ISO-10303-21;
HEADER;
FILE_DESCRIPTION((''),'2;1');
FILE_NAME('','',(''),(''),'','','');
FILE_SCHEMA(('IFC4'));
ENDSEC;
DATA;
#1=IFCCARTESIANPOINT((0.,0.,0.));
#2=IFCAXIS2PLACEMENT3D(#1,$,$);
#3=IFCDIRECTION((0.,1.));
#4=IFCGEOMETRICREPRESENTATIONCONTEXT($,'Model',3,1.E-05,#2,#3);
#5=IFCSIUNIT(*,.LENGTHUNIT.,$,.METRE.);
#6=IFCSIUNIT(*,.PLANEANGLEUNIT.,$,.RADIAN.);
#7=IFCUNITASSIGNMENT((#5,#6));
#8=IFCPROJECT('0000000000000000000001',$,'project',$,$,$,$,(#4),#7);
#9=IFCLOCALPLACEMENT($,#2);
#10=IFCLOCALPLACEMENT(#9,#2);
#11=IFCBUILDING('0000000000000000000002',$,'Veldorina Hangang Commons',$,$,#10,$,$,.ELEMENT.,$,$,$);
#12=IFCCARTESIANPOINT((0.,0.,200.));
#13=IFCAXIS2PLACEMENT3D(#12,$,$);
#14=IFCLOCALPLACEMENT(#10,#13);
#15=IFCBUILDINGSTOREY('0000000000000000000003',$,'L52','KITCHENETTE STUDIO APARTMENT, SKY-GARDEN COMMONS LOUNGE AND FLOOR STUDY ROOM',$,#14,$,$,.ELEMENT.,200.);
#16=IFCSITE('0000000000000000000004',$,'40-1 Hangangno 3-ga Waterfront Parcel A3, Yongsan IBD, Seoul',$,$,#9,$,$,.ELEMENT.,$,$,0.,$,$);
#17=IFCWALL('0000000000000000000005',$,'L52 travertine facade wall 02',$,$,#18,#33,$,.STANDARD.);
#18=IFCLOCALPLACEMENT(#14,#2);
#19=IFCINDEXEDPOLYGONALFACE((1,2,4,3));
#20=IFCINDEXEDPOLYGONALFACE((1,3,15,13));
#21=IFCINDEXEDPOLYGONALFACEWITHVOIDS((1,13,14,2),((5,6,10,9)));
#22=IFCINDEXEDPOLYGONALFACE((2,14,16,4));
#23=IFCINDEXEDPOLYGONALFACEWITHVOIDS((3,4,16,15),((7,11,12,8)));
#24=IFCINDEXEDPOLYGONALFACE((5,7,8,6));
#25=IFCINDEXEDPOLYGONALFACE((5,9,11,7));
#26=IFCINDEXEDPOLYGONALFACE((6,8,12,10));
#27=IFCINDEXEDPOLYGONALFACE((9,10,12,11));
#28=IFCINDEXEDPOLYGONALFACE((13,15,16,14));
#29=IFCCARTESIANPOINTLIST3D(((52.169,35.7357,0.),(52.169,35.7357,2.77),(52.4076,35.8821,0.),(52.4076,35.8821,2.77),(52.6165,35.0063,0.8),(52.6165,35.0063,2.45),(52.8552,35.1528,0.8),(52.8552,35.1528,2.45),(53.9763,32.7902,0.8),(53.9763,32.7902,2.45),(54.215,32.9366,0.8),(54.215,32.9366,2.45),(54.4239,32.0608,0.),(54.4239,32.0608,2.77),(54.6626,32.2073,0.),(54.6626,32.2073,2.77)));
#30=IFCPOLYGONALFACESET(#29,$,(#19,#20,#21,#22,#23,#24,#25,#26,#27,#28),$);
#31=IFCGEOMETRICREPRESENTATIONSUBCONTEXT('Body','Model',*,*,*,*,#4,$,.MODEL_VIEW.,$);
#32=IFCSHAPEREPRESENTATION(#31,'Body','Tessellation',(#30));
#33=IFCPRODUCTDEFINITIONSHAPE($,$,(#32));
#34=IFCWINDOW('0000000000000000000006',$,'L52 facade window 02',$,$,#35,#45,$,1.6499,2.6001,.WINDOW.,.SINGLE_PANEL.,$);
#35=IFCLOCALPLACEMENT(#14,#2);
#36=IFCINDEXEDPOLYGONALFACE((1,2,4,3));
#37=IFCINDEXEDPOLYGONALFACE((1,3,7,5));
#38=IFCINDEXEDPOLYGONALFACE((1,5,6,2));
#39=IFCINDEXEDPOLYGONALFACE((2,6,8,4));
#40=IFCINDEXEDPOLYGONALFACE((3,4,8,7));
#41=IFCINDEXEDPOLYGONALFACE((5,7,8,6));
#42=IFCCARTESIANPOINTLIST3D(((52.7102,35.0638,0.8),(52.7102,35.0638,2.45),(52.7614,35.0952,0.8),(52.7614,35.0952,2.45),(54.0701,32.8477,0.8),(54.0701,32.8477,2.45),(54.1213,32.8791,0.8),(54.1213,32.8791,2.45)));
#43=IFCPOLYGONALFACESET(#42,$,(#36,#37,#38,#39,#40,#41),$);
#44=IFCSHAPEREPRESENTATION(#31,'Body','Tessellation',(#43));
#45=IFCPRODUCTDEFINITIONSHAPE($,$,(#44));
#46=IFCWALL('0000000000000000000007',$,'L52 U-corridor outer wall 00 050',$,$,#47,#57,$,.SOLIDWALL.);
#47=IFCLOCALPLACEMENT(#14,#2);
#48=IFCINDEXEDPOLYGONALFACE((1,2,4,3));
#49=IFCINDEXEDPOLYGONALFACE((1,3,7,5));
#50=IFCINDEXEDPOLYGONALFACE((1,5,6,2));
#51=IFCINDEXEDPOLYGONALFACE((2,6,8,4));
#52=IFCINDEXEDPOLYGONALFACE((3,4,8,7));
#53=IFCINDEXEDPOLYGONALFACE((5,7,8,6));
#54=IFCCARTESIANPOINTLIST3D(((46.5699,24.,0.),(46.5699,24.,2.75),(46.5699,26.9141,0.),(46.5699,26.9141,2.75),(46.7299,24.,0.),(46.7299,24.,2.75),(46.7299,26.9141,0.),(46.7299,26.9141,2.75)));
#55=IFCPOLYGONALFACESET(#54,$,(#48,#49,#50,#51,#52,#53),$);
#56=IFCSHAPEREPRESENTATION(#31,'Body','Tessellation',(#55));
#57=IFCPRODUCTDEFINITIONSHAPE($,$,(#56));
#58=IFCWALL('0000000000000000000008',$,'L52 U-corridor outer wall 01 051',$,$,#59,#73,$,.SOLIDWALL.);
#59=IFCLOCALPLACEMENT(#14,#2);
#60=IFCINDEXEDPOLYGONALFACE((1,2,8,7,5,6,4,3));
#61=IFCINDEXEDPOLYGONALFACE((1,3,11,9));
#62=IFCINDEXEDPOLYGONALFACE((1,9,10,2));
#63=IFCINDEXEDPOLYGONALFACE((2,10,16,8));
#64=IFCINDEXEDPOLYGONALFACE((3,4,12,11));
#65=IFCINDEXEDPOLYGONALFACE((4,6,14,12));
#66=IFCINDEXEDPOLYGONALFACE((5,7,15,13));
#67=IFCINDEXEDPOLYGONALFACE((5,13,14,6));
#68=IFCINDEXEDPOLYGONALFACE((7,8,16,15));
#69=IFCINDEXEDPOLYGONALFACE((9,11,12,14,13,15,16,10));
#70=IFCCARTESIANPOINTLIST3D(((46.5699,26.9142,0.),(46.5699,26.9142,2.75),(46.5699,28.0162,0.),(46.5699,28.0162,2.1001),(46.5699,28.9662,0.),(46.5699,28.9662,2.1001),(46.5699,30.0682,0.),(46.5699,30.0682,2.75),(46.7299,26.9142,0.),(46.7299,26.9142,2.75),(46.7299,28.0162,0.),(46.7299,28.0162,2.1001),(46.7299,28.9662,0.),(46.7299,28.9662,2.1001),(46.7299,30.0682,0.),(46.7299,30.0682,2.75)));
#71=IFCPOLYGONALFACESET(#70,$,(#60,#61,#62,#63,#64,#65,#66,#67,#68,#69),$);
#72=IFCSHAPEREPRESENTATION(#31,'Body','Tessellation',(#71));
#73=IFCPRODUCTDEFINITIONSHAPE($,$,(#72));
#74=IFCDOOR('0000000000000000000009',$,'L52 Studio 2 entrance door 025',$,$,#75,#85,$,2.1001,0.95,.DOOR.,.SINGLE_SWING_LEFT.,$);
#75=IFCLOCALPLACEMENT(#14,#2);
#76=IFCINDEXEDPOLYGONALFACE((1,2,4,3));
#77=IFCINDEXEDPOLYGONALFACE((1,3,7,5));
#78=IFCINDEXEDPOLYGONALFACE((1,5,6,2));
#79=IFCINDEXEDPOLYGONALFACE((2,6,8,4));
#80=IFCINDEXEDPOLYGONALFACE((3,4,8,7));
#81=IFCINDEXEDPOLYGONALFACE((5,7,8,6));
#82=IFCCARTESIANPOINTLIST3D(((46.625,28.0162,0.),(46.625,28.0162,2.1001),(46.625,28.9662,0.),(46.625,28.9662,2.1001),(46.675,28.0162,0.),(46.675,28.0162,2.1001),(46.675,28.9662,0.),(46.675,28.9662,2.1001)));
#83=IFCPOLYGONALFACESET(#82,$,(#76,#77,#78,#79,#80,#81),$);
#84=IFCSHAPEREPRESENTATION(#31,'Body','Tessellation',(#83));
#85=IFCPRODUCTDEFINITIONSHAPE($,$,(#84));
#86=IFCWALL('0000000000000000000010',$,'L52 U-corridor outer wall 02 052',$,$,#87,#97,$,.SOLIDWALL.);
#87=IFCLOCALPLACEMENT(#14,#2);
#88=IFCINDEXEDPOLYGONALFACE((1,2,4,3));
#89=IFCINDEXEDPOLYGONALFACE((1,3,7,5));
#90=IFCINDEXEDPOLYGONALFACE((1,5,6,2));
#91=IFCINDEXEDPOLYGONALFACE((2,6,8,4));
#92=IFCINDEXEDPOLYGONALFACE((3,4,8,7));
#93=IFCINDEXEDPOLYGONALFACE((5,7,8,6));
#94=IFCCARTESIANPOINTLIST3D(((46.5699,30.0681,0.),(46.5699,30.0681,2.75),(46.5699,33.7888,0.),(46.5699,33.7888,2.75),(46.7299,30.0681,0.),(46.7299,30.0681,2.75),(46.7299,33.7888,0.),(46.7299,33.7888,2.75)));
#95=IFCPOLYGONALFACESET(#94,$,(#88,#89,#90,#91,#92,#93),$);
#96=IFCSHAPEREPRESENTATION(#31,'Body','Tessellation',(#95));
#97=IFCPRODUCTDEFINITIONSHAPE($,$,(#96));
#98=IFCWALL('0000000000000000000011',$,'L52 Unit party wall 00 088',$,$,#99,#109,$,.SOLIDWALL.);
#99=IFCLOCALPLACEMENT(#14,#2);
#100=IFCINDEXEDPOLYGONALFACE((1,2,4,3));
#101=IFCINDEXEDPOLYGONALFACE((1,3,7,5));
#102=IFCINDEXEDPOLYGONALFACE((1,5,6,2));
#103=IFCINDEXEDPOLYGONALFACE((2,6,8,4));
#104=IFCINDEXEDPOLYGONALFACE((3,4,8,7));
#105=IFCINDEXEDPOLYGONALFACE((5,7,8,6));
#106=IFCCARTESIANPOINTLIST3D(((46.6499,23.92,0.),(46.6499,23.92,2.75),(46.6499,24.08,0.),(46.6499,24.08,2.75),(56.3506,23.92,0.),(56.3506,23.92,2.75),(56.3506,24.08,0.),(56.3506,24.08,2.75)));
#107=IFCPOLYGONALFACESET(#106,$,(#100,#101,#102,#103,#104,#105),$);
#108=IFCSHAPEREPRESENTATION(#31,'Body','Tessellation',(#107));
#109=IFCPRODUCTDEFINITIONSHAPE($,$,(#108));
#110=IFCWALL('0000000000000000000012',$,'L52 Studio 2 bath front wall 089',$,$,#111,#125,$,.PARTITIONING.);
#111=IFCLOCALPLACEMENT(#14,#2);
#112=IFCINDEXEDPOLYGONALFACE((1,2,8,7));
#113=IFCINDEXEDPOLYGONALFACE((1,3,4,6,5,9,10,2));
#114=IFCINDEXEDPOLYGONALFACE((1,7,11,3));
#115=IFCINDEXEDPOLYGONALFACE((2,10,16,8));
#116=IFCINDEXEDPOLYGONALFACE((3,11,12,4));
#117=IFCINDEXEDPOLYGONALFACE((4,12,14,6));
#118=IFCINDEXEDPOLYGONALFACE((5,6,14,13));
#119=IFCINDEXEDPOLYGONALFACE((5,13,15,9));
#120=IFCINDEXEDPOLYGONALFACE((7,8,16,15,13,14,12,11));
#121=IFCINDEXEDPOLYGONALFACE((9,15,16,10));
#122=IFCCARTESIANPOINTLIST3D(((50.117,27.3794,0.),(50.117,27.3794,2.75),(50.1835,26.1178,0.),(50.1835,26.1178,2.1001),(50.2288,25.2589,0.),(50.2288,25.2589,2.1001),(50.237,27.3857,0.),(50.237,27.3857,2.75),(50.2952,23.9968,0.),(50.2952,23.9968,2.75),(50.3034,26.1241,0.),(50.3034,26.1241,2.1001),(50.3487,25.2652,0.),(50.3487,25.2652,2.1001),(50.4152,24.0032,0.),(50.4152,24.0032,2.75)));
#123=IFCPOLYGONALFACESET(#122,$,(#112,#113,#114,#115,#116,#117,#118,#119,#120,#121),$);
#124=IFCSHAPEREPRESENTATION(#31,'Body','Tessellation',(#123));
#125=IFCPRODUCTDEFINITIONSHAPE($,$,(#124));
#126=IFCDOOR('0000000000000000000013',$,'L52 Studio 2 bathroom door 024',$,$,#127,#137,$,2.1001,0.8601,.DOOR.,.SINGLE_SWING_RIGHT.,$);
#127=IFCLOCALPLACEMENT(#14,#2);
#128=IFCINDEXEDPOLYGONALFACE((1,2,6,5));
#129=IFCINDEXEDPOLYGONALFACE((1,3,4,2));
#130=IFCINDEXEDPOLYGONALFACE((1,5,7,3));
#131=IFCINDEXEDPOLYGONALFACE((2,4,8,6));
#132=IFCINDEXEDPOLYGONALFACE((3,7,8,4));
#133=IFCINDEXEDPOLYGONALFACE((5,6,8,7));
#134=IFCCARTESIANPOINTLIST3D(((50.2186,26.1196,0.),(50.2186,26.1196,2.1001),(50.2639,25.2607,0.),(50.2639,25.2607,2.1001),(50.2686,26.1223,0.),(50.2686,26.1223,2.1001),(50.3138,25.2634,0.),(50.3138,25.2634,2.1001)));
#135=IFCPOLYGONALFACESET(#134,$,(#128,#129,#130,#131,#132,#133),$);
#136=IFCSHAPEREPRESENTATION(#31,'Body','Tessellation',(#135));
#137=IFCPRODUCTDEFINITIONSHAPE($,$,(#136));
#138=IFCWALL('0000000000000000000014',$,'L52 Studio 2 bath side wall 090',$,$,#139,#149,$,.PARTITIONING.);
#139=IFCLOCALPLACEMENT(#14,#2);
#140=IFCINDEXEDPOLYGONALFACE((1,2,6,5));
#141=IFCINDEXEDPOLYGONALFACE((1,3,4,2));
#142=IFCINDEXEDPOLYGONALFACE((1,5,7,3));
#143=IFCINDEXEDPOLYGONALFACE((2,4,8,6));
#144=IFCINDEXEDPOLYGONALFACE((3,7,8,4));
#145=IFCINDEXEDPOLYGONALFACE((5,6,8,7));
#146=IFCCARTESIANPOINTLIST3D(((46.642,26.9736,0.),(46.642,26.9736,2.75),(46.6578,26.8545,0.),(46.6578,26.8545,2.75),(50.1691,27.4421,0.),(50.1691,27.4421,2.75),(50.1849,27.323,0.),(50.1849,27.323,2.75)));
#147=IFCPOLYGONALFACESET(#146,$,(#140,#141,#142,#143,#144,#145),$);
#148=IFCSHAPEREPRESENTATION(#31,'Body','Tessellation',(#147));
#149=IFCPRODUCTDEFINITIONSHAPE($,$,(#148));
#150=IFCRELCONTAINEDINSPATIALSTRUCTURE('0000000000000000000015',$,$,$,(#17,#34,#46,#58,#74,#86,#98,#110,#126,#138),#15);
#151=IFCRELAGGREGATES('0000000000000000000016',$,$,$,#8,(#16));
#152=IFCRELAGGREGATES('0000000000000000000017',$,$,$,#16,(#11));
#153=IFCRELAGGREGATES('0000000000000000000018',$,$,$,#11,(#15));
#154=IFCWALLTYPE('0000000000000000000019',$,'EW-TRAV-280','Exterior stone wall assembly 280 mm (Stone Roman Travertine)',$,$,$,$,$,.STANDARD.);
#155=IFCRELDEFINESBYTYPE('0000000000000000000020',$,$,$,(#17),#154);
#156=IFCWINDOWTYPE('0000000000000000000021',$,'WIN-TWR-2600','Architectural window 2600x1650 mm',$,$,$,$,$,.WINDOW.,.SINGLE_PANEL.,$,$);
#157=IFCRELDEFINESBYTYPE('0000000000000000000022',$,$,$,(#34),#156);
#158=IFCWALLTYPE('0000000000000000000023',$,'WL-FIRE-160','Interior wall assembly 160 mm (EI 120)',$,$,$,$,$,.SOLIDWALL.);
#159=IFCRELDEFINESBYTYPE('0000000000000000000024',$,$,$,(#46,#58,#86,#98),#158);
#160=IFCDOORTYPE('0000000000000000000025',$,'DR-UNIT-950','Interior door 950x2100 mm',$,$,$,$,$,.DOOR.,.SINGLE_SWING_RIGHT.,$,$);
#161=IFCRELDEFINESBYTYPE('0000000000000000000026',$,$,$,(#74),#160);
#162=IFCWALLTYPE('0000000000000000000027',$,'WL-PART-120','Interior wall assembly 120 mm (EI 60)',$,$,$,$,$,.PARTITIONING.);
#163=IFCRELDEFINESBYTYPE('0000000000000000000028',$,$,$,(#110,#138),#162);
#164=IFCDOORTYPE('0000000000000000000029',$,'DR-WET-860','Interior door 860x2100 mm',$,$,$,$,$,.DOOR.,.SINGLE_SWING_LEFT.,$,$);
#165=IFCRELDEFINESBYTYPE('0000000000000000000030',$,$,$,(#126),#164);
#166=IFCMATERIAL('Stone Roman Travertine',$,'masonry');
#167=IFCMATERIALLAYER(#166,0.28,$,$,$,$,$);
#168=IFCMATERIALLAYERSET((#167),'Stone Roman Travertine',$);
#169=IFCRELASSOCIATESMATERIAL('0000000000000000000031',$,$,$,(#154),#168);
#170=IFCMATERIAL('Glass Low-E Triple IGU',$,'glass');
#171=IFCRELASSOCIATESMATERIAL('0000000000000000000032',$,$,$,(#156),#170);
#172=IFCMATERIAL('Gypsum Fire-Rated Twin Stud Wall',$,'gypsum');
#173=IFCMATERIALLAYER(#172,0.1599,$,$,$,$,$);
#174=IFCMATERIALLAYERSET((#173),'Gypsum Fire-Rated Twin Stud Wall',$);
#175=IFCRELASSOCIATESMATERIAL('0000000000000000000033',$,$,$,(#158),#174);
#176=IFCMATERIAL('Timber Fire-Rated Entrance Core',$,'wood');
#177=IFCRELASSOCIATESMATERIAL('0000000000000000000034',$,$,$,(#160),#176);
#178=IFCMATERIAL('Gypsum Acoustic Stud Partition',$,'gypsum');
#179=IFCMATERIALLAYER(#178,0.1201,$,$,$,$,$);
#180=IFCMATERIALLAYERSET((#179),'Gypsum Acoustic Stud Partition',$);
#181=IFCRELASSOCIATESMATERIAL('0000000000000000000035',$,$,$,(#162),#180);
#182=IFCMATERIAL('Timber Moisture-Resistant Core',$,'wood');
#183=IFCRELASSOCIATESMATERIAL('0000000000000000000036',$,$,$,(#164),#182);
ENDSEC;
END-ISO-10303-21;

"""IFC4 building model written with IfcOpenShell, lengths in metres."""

from ifc_helpers import new_model, si_unit, direction, frame, frame_2d, origin, place, context, subcontext, project, spatial, rectangle, extrude, material, layer, layer_set, type_object, element, fill, save


model = new_model("IFC4")

# Units and contexts
model_context = context("Model", 3, precision=1e-05, world=origin(), true_north=direction((0.0, 1.0)))
body_context = subcontext(model_context, "Body", "Model", "MODEL_VIEW")
ifc_project = project(units=[si_unit("LENGTHUNIT", "METRE"), si_unit("PLANEANGLEUNIT", "RADIAN")], contexts=[model_context])

# Site, building, storey
site_placement = place(None, origin())
site = spatial("IfcSite", under=ifc_project, at=site_placement, Name="40-1 Hangangno 3-ga Waterfront Parcel A3, Yongsan IBD, Seoul", CompositionType="ELEMENT", RefElevation=0.0)
building_placement = place(site_placement, origin())
building = spatial("IfcBuilding", under=site, at=building_placement, Name="Veldorina Hangang Commons", CompositionType="ELEMENT")
storey_placement = place(building_placement, frame((0.0, 0.0, 200.0)))
storey = spatial("IfcBuildingStorey", under=building, at=storey_placement, Name="L52", Description="KITCHENETTE STUDIO APARTMENT, SKY-GARDEN COMMONS LOUNGE AND FLOOR STUDY ROOM", CompositionType="ELEMENT", Elevation=200.0)

# Shared definitions
ifc_material_1 = material(Name="Stone Roman Travertine", Category="masonry")

# Shared definitions
ifc_layer_1 = layer(ifc_material_1, 0.28)
ifc_layer_set_1 = layer_set([ifc_layer_1], Name="Stone Roman Travertine")
wall_type_1 = type_object("IfcWallType", Name="EW-TRAV-280", Description="Exterior stone wall assembly 280 mm (Stone Roman Travertine)", PredefinedType="STANDARD", material=ifc_layer_set_1)

# Wall, opening, window
wall_1_placement = place(storey_placement, frame((54.5432, 32.134, 0.0), z_axis=(0.0, 0.0, 1.0), x_axis=(-0.522998, 0.852334, 0.0)))
wall_1 = element("IfcWall", 1, at=wall_1_placement, inside=storey, type_object=wall_type_1, Name="L52 travertine facade wall 02", PredefinedType="STANDARD", context=body_context, shape_type="SweptSolid", body=[
    extrude(rectangle(XDim=4.3115, YDim=0.28, at=frame_2d((2.1558, 0.0))), origin(), (0.0, 0.0, 1.0), 2.77),
])
opening_1_placement = place(wall_1_placement, frame((0.8557, 0.0, 0.8)))
opening_1 = element("IfcOpeningElement", 2, at=opening_1_placement, cuts=wall_1, PredefinedType="OPENING", context=body_context, shape_type="SweptSolid", body=[
    extrude(rectangle(XDim=2.6001, YDim=1.6499, at=frame_2d((1.3, 0.825))), frame((0.0, 0.1499, 0.0), z_axis=(0.0, -1.0, 0.0), x_axis=(1.0, 0.0, 0.0)), (0.0, 0.0, 1.0), 0.3),
])
ifc_material_2 = material(Name="Glass Low-E Triple IGU", Category="glass")
window_type = type_object("IfcWindowType", Name="WIN-TWR-2600", Description="Architectural window 2600x1650 mm", PartitioningType="SINGLE_PANEL", PredefinedType="WINDOW", material=ifc_material_2)
window_placement = place(opening_1_placement, origin())
window = element("IfcWindow", 3, at=window_placement, inside=storey, type_object=window_type, Name="L52 facade window 02", OverallHeight=1.6499, OverallWidth=2.6001, PartitioningType="SINGLE_PANEL", PredefinedType="WINDOW", context=body_context, shape_type="SweptSolid", body=[
    extrude(rectangle(XDim=2.6001, YDim=1.6499, at=frame_2d((1.3, 0.825))), frame((0.0, 0.03, 0.0), z_axis=(0.0, -1.0, 0.0), x_axis=(1.0, 0.0, 0.0)), (0.0, 0.0, 1.0), 0.0601),
])
fill(opening_1, window)

# Wall
ifc_material_3 = material(Name="Gypsum Fire-Rated Twin Stud Wall", Category="gypsum")
ifc_layer_2 = layer(ifc_material_3, 0.1599)
ifc_layer_set_2 = layer_set([ifc_layer_2], Name="Gypsum Fire-Rated Twin Stud Wall")
wall_type_2 = type_object("IfcWallType", Name="WL-FIRE-160", Description="Interior wall assembly 160 mm (EI 120)", PredefinedType="SOLIDWALL", material=ifc_layer_set_2)
wall_2_placement = place(storey_placement, frame((46.6499, 24.0, 0.0), z_axis=(0.0, 0.0, 1.0), x_axis=(0.0, 1.0, 0.0)))
element("IfcWall", 4, at=wall_2_placement, inside=storey, type_object=wall_type_2, Name="L52 U-corridor outer wall 00 050", PredefinedType="SOLIDWALL", context=body_context, shape_type="SweptSolid", body=[
    extrude(rectangle(XDim=2.9141, YDim=0.1599, at=frame_2d((1.457, 0.0))), origin(), (0.0, 0.0, 1.0), 2.75),
])

# Wall, opening, door
wall_3_placement = place(storey_placement, frame((46.6499, 26.9141, 0.0), z_axis=(0.0, 0.0, 1.0), x_axis=(0.0, 1.0, 0.0)))
wall_3 = element("IfcWall", 5, at=wall_3_placement, inside=storey, type_object=wall_type_2, Name="L52 U-corridor outer wall 01 051", PredefinedType="SOLIDWALL", context=body_context, shape_type="SweptSolid", body=[
    extrude(rectangle(XDim=3.1541, YDim=0.1599, at=frame_2d((1.5771, 0.0))), origin(), (0.0, 0.0, 1.0), 2.75),
])
opening_2_placement = place(wall_3_placement, frame((1.1021, 0.0, 0.0)))
opening_2 = element("IfcOpeningElement", 6, at=opening_2_placement, cuts=wall_3, PredefinedType="OPENING", context=body_context, shape_type="SweptSolid", body=[
    extrude(rectangle(XDim=0.95, YDim=2.1001, at=frame_2d((0.4751, 1.05))), frame((0.0, 0.0898, 0.0), z_axis=(0.0, -1.0, 0.0), x_axis=(1.0, 0.0, 0.0)), (0.0, 0.0, 1.0), 0.1799),
])
ifc_material_4 = material(Name="Timber Fire-Rated Entrance Core", Category="wood")
door_type_1 = type_object("IfcDoorType", Name="DR-UNIT-950", Description="Interior door 950x2100 mm", OperationType="SINGLE_SWING_RIGHT", PredefinedType="DOOR", material=ifc_material_4)
door_1_placement = place(opening_2_placement, origin())
door_1 = element("IfcDoor", 7, at=door_1_placement, inside=storey, type_object=door_type_1, Name="L52 Studio 2 entrance door 025", OperationType="SINGLE_SWING_LEFT", OverallHeight=2.1001, OverallWidth=0.95, PredefinedType="DOOR", context=body_context, shape_type="SweptSolid", body=[
    extrude(rectangle(XDim=0.95, YDim=2.1001, at=frame_2d((0.4751, 1.05))), frame((0.0, 0.0249, 0.0), z_axis=(0.0, -1.0, 0.0), x_axis=(1.0, 0.0, 0.0)), (0.0, 0.0, 1.0), 0.05),
])
fill(opening_2, door_1)

# Walls
wall_4_placement = place(storey_placement, frame((46.6499, 30.0681, 0.0), z_axis=(0.0, 0.0, 1.0), x_axis=(0.0, 1.0, 0.0)))
element("IfcWall", 8, at=wall_4_placement, inside=storey, type_object=wall_type_2, Name="L52 U-corridor outer wall 02 052", PredefinedType="SOLIDWALL", context=body_context, shape_type="SweptSolid", body=[
    extrude(rectangle(XDim=3.7207, YDim=0.1599, at=frame_2d((1.8604, 0.0))), origin(), (0.0, 0.0, 1.0), 2.75),
])
wall_5_placement = place(storey_placement, frame((46.6499, 24.0, 0.0), z_axis=(0.0, 0.0, 1.0), x_axis=(1.0, 0.0, 0.0)))
element("IfcWall", 9, at=wall_5_placement, inside=storey, type_object=wall_type_2, Name="L52 Unit party wall 00 088", PredefinedType="SOLIDWALL", context=body_context, shape_type="SweptSolid", body=[
    extrude(rectangle(XDim=9.7007, YDim=0.1599, at=frame_2d((4.8503, 0.0))), origin(), (0.0, 0.0, 1.0), 2.75),
])

# Wall, opening, door
ifc_material_5 = material(Name="Gypsum Acoustic Stud Partition", Category="gypsum")
ifc_layer_3 = layer(ifc_material_5, 0.1201)
ifc_layer_set_3 = layer_set([ifc_layer_3], Name="Gypsum Acoustic Stud Partition")
wall_type_3 = type_object("IfcWallType", Name="WL-PART-120", Description="Interior wall assembly 120 mm (EI 60)", PredefinedType="PARTITIONING", material=ifc_layer_set_3)
wall_6_placement = place(storey_placement, frame((50.3552, 24.0, 0.0), z_axis=(0.0, 0.0, 1.0), x_axis=(-0.052616, 0.998615, 0.0)))
wall_6 = element("IfcWall", 10, at=wall_6_placement, inside=storey, type_object=wall_type_3, Name="L52 Studio 2 bath front wall 089", PredefinedType="PARTITIONING", context=body_context, shape_type="SweptSolid", body=[
    extrude(rectangle(XDim=3.3872, YDim=0.1201, at=frame_2d((1.6936, 0.0))), origin(), (0.0, 0.0, 1.0), 2.75),
])
opening_3_placement = place(wall_6_placement, frame((1.2637, 0.0, 0.0)))
opening_3 = element("IfcOpeningElement", 11, at=opening_3_placement, cuts=wall_6, PredefinedType="OPENING", context=body_context, shape_type="SweptSolid", body=[
    extrude(rectangle(XDim=0.8601, YDim=2.1001, at=frame_2d((0.4302, 1.05))), frame((0.0, 0.0701, 0.0), z_axis=(0.0, -1.0, 0.0), x_axis=(1.0, 0.0, 0.0)), (0.0, 0.0, 1.0), 0.1401),
])
ifc_material_6 = material(Name="Timber Moisture-Resistant Core", Category="wood")
door_type_2 = type_object("IfcDoorType", Name="DR-WET-860", Description="Interior door 860x2100 mm", OperationType="SINGLE_SWING_LEFT", PredefinedType="DOOR", material=ifc_material_6)
door_2_placement = place(opening_3_placement, origin())
door_2 = element("IfcDoor", 12, at=door_2_placement, inside=storey, type_object=door_type_2, Name="L52 Studio 2 bathroom door 024", OperationType="SINGLE_SWING_RIGHT", OverallHeight=2.1001, OverallWidth=0.8601, PredefinedType="DOOR", context=body_context, shape_type="SweptSolid", body=[
    extrude(rectangle(XDim=0.8601, YDim=2.1001, at=frame_2d((0.4302, 1.05))), frame((0.0, 0.0249, 0.0), z_axis=(0.0, -1.0, 0.0), x_axis=(1.0, 0.0, 0.0)), (0.0, 0.0, 1.0), 0.05),
])
fill(opening_3, door_2)

# Wall
wall_7_placement = place(storey_placement, frame((46.6499, 26.9141, 0.0), z_axis=(0.0, 0.0, 1.0), x_axis=(0.991293, 0.131674, 0.0)))
element("IfcWall", 13, at=wall_7_placement, inside=storey, type_object=wall_type_3, Name="L52 Studio 2 bath side wall 090", PredefinedType="PARTITIONING", context=body_context, shape_type="SweptSolid", body=[
    extrude(rectangle(XDim=3.5581, YDim=0.1201, at=frame_2d((1.7791, 0.0))), origin(), (0.0, 0.0, 1.0), 2.75),
])

save(model, "model.ifc")
